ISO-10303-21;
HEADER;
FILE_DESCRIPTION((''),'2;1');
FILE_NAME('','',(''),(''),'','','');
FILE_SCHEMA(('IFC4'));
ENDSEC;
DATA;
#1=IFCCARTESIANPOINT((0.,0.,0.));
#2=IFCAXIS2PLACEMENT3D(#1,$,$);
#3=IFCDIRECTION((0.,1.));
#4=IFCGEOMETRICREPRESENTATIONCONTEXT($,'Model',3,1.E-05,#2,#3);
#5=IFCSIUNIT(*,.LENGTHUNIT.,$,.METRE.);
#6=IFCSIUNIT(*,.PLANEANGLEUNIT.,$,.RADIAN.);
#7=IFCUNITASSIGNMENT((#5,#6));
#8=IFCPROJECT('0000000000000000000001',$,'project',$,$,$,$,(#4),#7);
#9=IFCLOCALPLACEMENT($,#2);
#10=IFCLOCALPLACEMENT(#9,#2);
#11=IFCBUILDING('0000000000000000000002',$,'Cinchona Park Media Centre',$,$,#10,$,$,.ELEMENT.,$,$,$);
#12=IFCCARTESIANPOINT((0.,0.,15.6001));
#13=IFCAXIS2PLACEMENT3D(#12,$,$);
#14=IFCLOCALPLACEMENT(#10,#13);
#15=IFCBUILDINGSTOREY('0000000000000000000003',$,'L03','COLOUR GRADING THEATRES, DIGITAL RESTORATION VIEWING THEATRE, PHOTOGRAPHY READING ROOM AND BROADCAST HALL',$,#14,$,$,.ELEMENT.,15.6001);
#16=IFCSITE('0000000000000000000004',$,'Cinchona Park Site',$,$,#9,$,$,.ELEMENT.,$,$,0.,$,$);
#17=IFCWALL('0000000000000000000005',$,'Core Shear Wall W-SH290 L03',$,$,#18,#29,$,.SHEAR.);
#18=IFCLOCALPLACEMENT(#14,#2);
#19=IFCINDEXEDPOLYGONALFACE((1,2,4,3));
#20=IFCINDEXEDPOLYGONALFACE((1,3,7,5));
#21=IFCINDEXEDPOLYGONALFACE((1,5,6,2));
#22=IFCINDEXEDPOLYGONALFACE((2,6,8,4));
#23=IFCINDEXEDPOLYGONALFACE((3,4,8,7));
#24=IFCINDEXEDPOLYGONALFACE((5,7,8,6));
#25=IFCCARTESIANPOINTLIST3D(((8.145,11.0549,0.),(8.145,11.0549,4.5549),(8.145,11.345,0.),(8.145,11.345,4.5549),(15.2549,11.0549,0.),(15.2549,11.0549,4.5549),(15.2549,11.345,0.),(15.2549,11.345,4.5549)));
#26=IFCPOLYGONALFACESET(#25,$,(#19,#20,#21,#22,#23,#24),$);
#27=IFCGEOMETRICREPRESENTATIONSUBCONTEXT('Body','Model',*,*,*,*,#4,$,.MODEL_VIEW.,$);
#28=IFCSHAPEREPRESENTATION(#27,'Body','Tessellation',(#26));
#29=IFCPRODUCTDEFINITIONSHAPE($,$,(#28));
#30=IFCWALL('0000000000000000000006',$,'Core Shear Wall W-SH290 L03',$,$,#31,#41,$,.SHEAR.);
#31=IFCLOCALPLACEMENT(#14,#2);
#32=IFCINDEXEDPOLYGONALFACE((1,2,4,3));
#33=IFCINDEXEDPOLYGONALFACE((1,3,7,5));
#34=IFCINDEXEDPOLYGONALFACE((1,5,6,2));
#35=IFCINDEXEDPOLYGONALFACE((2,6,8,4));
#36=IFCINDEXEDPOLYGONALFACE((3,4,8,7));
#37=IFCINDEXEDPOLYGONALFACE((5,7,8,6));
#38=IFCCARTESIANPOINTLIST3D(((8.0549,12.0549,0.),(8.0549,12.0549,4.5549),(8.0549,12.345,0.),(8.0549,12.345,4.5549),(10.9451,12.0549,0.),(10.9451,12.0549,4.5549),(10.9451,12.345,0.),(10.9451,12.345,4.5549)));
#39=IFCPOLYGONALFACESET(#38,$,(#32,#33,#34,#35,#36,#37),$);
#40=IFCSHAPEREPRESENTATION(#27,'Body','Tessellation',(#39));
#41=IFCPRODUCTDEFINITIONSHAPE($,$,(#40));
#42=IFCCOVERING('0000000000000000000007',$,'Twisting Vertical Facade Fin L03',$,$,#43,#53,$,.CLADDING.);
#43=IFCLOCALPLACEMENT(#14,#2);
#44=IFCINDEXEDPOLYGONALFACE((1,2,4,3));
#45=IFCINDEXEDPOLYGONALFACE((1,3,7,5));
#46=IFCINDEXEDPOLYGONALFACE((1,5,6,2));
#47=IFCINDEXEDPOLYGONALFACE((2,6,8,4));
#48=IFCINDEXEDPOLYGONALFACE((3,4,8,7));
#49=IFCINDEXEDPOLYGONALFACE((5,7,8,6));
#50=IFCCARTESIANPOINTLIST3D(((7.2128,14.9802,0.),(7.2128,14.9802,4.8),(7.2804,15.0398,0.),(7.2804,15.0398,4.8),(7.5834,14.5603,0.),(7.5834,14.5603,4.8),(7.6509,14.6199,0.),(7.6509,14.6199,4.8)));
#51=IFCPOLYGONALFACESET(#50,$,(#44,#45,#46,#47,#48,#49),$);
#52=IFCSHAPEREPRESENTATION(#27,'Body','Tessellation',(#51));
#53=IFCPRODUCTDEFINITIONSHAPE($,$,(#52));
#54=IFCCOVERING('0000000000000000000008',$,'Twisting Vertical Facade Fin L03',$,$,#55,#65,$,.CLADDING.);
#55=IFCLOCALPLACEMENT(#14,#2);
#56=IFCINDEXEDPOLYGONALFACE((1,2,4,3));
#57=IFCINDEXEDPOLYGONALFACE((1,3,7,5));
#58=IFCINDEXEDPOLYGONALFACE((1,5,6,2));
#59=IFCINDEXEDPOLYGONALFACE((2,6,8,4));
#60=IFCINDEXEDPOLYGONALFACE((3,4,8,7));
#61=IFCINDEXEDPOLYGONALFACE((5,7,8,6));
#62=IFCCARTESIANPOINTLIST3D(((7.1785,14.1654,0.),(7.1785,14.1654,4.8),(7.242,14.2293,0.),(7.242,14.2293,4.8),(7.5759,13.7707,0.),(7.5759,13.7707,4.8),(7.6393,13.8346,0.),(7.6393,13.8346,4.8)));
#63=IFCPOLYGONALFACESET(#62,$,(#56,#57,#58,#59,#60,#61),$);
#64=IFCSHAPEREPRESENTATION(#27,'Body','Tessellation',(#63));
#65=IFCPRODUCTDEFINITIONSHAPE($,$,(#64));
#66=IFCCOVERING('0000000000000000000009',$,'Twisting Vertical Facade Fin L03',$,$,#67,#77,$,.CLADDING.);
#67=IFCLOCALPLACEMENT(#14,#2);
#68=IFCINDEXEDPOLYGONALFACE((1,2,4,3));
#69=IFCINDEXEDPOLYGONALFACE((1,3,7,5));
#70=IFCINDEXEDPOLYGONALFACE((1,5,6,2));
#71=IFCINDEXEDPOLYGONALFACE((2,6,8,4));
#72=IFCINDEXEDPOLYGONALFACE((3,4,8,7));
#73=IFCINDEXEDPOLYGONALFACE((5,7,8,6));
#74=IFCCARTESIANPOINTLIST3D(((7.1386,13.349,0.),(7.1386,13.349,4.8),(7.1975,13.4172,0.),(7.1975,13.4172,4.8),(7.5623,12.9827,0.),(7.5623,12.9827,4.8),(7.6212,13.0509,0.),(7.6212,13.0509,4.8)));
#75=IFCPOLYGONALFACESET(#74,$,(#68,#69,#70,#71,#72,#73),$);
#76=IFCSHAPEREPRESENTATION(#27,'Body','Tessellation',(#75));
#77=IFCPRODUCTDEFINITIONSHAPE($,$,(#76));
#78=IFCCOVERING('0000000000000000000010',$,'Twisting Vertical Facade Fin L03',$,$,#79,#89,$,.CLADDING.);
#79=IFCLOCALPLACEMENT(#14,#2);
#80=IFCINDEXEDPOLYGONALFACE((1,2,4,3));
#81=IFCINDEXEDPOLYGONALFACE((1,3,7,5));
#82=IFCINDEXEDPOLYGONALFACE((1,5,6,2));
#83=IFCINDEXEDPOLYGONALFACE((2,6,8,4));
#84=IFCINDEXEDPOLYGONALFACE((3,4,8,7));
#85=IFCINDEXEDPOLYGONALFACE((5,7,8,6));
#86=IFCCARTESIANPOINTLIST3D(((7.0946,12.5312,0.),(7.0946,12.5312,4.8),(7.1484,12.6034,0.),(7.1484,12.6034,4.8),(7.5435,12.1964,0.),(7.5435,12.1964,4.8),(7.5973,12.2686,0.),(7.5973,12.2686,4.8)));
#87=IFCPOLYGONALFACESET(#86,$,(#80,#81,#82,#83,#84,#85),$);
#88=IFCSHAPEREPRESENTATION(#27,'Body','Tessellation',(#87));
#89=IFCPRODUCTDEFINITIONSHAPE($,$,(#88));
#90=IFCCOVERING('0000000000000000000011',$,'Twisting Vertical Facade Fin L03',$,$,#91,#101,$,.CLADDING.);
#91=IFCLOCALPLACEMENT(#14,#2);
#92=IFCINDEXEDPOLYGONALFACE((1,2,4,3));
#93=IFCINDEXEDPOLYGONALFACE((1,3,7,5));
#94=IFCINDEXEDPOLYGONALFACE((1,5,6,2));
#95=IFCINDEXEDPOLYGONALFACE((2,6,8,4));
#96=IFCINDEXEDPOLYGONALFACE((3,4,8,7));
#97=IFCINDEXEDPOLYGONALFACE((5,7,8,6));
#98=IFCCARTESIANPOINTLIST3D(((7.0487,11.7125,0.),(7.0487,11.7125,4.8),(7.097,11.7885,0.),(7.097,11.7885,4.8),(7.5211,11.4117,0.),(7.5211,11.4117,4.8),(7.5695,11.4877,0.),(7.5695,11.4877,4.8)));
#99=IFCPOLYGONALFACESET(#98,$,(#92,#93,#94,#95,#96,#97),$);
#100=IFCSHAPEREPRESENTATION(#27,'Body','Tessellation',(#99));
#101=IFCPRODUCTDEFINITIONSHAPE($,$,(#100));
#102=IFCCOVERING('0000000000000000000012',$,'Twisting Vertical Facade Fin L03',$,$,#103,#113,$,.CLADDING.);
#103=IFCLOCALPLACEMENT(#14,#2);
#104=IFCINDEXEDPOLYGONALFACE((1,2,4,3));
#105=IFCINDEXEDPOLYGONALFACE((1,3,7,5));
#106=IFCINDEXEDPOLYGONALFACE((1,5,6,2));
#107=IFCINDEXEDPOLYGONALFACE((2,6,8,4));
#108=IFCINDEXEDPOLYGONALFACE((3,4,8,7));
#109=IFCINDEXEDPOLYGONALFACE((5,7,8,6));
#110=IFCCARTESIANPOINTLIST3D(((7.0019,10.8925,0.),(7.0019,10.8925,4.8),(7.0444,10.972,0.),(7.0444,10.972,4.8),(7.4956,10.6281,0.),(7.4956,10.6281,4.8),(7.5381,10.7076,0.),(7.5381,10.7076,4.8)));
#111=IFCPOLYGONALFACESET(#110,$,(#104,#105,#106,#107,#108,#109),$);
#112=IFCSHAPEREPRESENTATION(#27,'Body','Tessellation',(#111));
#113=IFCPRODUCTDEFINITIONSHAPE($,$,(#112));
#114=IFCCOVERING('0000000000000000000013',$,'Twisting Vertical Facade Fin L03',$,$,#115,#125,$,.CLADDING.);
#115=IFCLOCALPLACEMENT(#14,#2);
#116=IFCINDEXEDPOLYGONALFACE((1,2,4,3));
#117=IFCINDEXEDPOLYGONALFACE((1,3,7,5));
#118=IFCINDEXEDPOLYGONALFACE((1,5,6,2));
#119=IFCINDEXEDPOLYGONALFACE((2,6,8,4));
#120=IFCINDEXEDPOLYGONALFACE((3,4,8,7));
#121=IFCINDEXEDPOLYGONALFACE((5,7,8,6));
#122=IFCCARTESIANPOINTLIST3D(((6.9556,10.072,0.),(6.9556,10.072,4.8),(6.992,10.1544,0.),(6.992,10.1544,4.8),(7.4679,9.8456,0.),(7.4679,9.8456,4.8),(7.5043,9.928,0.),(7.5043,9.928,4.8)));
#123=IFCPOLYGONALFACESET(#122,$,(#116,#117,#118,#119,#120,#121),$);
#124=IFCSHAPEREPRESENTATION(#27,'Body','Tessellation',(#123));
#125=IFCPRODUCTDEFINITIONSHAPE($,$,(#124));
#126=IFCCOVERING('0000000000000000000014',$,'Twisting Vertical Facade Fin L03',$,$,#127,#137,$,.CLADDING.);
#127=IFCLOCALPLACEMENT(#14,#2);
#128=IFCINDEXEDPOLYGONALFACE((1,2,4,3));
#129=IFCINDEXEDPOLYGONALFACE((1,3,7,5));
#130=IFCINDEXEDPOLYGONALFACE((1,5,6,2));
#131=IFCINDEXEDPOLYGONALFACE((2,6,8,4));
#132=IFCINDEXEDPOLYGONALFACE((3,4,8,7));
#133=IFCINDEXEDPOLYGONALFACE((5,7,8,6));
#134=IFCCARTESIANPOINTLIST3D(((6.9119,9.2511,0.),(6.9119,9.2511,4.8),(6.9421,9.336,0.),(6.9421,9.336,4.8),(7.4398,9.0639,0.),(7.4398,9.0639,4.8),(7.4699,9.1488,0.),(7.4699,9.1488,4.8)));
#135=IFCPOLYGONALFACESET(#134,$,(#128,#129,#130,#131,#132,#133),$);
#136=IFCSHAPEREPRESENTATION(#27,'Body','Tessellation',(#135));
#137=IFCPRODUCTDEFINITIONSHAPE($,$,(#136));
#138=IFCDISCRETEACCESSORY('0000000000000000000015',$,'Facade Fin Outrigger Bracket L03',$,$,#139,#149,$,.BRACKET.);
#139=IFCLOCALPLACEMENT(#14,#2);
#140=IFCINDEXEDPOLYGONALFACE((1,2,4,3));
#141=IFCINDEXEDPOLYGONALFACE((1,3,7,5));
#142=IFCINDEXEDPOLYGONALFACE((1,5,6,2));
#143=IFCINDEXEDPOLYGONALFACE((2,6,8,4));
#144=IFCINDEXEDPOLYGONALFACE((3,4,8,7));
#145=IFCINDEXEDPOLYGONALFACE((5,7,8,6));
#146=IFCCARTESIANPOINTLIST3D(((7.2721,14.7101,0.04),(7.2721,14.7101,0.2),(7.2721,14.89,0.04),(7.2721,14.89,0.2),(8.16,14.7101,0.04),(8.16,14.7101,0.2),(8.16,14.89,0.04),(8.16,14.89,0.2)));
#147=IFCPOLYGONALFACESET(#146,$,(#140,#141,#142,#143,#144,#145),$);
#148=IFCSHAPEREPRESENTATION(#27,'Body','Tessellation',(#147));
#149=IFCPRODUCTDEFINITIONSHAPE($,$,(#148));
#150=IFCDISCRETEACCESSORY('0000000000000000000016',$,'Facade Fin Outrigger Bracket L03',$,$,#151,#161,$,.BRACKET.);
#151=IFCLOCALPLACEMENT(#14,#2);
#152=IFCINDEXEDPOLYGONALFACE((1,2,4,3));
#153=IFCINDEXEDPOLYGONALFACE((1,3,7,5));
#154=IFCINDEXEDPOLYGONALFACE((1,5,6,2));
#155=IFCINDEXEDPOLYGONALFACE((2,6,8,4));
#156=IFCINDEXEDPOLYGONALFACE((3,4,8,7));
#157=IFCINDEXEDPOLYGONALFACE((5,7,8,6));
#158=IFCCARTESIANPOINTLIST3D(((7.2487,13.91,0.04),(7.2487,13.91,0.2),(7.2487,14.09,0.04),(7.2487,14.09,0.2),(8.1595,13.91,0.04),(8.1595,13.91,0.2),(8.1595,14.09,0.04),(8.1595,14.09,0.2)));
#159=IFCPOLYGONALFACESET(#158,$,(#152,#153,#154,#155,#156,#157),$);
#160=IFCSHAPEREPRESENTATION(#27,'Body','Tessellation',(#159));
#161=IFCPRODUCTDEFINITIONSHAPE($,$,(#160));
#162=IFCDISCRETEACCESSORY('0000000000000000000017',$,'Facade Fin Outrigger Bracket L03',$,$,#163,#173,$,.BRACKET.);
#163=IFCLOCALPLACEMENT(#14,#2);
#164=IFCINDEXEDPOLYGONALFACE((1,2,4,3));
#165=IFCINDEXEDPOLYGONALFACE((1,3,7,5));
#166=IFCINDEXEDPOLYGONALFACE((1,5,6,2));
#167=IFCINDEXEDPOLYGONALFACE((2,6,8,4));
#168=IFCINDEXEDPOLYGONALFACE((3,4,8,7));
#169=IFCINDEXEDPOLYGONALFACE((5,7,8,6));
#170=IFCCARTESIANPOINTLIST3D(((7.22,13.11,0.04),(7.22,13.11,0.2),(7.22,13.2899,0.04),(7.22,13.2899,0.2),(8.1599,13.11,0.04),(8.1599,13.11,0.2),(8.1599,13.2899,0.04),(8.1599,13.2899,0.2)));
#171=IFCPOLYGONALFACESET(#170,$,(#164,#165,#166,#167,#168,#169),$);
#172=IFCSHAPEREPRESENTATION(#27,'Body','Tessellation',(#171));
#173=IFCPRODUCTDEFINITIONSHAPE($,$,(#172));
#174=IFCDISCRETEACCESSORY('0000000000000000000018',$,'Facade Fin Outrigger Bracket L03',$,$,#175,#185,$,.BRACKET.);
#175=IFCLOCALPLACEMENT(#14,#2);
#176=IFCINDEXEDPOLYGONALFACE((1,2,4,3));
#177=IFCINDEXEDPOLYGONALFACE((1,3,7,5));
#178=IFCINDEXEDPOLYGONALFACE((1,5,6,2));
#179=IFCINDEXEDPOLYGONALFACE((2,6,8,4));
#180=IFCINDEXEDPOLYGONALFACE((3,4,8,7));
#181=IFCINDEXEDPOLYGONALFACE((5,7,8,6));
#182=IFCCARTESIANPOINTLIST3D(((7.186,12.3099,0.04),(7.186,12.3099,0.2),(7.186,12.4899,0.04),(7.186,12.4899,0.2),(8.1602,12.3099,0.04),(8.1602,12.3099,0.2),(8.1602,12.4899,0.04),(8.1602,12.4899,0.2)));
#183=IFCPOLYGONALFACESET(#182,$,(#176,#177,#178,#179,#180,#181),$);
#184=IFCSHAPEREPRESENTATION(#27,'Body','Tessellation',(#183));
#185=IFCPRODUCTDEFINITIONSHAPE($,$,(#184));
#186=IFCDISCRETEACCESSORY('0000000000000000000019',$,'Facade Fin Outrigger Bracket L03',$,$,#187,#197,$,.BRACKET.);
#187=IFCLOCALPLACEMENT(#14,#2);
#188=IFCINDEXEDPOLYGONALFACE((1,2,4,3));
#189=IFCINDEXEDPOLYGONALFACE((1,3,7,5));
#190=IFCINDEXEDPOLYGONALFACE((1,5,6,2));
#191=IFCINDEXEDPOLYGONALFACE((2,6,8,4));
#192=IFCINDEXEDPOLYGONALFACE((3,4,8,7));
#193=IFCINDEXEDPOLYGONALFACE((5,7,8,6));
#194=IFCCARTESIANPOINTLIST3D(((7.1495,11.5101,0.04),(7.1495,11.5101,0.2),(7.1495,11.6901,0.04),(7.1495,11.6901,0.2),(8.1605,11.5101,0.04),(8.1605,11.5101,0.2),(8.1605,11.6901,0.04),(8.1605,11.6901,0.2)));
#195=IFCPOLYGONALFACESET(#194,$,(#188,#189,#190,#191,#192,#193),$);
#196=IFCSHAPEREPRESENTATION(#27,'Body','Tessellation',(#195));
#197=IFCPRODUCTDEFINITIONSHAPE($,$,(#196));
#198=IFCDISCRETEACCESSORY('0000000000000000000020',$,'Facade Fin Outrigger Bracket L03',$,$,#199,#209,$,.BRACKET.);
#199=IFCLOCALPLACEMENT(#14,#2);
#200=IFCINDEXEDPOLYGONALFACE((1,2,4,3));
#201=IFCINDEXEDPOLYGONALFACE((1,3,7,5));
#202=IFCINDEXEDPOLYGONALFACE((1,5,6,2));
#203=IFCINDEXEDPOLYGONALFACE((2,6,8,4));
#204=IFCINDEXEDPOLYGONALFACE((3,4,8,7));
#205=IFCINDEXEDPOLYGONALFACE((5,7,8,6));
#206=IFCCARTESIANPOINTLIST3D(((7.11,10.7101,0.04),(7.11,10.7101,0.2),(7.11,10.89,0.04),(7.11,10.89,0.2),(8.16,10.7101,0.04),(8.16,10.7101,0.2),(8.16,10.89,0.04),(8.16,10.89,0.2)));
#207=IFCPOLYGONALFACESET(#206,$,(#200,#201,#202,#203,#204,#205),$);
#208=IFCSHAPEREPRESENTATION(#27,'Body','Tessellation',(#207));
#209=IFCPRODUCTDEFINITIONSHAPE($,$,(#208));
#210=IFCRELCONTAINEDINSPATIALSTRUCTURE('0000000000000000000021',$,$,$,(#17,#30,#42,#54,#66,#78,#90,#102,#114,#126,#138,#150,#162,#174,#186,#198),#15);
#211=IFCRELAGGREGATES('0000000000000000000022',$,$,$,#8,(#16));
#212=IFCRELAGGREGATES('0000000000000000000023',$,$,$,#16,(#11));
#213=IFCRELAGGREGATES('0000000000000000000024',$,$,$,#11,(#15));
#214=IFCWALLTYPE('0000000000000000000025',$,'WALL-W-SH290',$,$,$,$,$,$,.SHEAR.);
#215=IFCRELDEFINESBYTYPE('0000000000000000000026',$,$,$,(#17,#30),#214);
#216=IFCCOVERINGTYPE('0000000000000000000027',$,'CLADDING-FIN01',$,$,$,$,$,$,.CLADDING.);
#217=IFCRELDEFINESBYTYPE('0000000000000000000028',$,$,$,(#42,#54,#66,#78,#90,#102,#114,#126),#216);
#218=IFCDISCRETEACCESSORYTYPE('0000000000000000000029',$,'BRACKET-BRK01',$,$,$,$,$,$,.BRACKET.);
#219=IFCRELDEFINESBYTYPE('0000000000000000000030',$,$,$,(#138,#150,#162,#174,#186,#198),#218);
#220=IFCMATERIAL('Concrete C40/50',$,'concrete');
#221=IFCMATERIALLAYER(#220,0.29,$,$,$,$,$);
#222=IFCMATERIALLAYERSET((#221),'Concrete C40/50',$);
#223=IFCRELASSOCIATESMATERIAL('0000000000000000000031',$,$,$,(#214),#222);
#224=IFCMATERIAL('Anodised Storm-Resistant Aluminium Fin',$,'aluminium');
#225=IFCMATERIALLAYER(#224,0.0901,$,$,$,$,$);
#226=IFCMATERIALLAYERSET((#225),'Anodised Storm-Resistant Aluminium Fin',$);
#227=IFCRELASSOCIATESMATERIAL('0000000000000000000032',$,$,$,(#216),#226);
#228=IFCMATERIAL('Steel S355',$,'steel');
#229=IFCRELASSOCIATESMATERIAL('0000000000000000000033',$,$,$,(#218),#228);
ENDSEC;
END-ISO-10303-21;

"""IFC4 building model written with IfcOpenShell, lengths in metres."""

from ifc_helpers import new_model, si_unit, direction, frame, frame_2d, origin, origin_2d, place, context, subcontext, project, spatial, rectangle, extrude, material, layer, layer_set, type_object, element, save


model = new_model("IFC4")

# Units and contexts
model_context = context("Model", 3, precision=1e-05, world=origin(), true_north=direction((0.0, 1.0)))
body_context = subcontext(model_context, "Body", "Model", "MODEL_VIEW")
ifc_project = project(units=[si_unit("LENGTHUNIT", "METRE"), si_unit("PLANEANGLEUNIT", "RADIAN")], contexts=[model_context])

# Site, building, storey
site_placement = place(None, origin())
site = spatial("IfcSite", under=ifc_project, at=site_placement, Name="Cinchona Park Site", CompositionType="ELEMENT", RefElevation=0.0)
building_placement = place(site_placement, origin())
building = spatial("IfcBuilding", under=site, at=building_placement, Name="Cinchona Park Media Centre", CompositionType="ELEMENT")
storey_placement = place(building_placement, frame((0.0, 0.0, 15.6001)))
storey = spatial("IfcBuildingStorey", under=building, at=storey_placement, Name="L03", Description="COLOUR GRADING THEATRES, DIGITAL RESTORATION VIEWING THEATRE, PHOTOGRAPHY READING ROOM AND BROADCAST HALL", CompositionType="ELEMENT", Elevation=15.6001)

# Walls
ifc_material_1 = material(Name="Concrete C40/50", Category="concrete")
ifc_layer_1 = layer(ifc_material_1, 0.29)
ifc_layer_set_1 = layer_set([ifc_layer_1], Name="Concrete C40/50")
wall_type = type_object("IfcWallType", Name="WALL-W-SH290", PredefinedType="SHEAR", material=ifc_layer_set_1)
wall_1_placement = place(storey_placement, frame((8.145, 11.2, 0.0), z_axis=(0.0, 0.0, 1.0), x_axis=(1.0, 0.0, 0.0)))
element("IfcWall", 1, at=wall_1_placement, inside=storey, type_object=wall_type, Name="Core Shear Wall W-SH290 L03", PredefinedType="SHEAR", context=body_context, shape_type="SweptSolid", body=[
    extrude(rectangle(XDim=7.1099, YDim=0.29, at=frame_2d((3.5549, 0.0))), origin(), (0.0, 0.0, 1.0), 4.5549),
])
wall_2_placement = place(storey_placement, frame((8.0549, 12.2, 0.0), z_axis=(0.0, 0.0, 1.0), x_axis=(1.0, 0.0, 0.0)))
element("IfcWall", 2, at=wall_2_placement, inside=storey, type_object=wall_type, Name="Core Shear Wall W-SH290 L03", PredefinedType="SHEAR", context=body_context, shape_type="SweptSolid", body=[
    extrude(rectangle(XDim=2.8901, YDim=0.29, at=frame_2d((1.4451, 0.0))), origin(), (0.0, 0.0, 1.0), 4.5549),
])

# Coverings
ifc_material_2 = material(Name="Anodised Storm-Resistant Aluminium Fin", Category="aluminium")
ifc_layer_2 = layer(ifc_material_2, 0.0901)
ifc_layer_set_2 = layer_set([ifc_layer_2], Name="Anodised Storm-Resistant Aluminium Fin")
covering_type = type_object("IfcCoveringType", Name="CLADDING-FIN01", PredefinedType="CLADDING", material=ifc_layer_set_2)
for number, where, z_axis, x_axis, name in (
    (3, (7.4319, 14.8, 0.0), (0.0, 0.0, 1.0), (0.661574, -0.74988, 0.0), "Twisting Vertical Facade Fin L03"),
    (4, (7.4089, 14.0, 0.0), (0.0, 0.0, 1.0), (0.709448, -0.704758, 0.0), "Twisting Vertical Facade Fin L03"),
    (5, (7.3799, 13.2, 0.0), (0.0, 0.0, 1.0), (0.756539, -0.653949, 0.0), "Twisting Vertical Facade Fin L03"),
    (6, (7.3459, 12.3999, 0.0), (0.0, 0.0, 1.0), (0.801567, -0.597905, 0.0), "Twisting Vertical Facade Fin L03"),
    (7, (7.3091, 11.6001, 0.0), (0.0, 0.0, 1.0), (0.843579, -0.537005, 0.0), "Twisting Vertical Facade Fin L03"),
    (8, (7.27, 10.8, 0.0), (0.0, 0.0, 1.0), (0.881551, -0.472089, 0.0), "Twisting Vertical Facade Fin L03"),
    (9, (7.23, 10.0, 0.0), (0.0, 0.0, 1.0), (0.914678, -0.404184, 0.0), "Twisting Vertical Facade Fin L03"),
    (10, (7.1909, 9.2, 0.0), (0.0, 0.0, 1.0), (0.942467, -0.3343, 0.0), "Twisting Vertical Facade Fin L03"),
):
    element("IfcCovering", number, at=place(storey_placement, frame(where, z_axis=z_axis, x_axis=x_axis)), inside=storey, type_object=covering_type, Name=name, PredefinedType="CLADDING", context=body_context, shape_type="SweptSolid", body=[
        extrude(rectangle(XDim=0.5601, YDim=0.0901, at=origin_2d()), origin(), (0.0, 0.0, 1.0), 4.8),
    ])

# Discrete accessories
ifc_material_3 = material(Name="Steel S355", Category="steel")
discrete_accessory_type = type_object("IfcDiscreteAccessoryType", Name="BRACKET-BRK01", PredefinedType="BRACKET", material=ifc_material_3)
discrete_accessory_1_placement = place(storey_placement, frame((7.7161, 14.8, 0.04), z_axis=(0.0, 0.0, 1.0), x_axis=(0.0, -1.0, 0.0)))
element("IfcDiscreteAccessory", 11, at=discrete_accessory_1_placement, inside=storey, type_object=discrete_accessory_type, Name="Facade Fin Outrigger Bracket L03", PredefinedType="BRACKET", context=body_context, shape_type="SweptSolid", body=[
    extrude(rectangle(XDim=0.1799, YDim=0.8879, at=origin_2d()), origin(), (0.0, 0.0, 1.0), 0.1599),
])
discrete_accessory_2_placement = place(storey_placement, frame((7.7041, 14.0, 0.04), z_axis=(0.0, 0.0, 1.0), x_axis=(0.0, -1.0, 0.0)))
element("IfcDiscreteAccessory", 12, at=discrete_accessory_2_placement, inside=storey, type_object=discrete_accessory_type, Name="Facade Fin Outrigger Bracket L03", PredefinedType="BRACKET", context=body_context, shape_type="SweptSolid", body=[
    extrude(rectangle(XDim=0.1799, YDim=0.9109, at=origin_2d()), origin(), (0.0, 0.0, 1.0), 0.1599),
])
discrete_accessory_3_placement = place(storey_placement, frame((7.6899, 13.2, 0.04), z_axis=(0.0, 0.0, 1.0), x_axis=(0.0, -1.0, 0.0)))
element("IfcDiscreteAccessory", 13, at=discrete_accessory_3_placement, inside=storey, type_object=discrete_accessory_type, Name="Facade Fin Outrigger Bracket L03", PredefinedType="BRACKET", context=body_context, shape_type="SweptSolid", body=[
    extrude(rectangle(XDim=0.1799, YDim=0.9399, at=origin_2d()), origin(), (0.0, 0.0, 1.0), 0.1599),
])
discrete_accessory_4_placement = place(storey_placement, frame((7.6731, 12.3999, 0.04), z_axis=(0.0, 0.0, 1.0), x_axis=(0.0, -1.0, 0.0)))
element("IfcDiscreteAccessory", 14, at=discrete_accessory_4_placement, inside=storey, type_object=discrete_accessory_type, Name="Facade Fin Outrigger Bracket L03", PredefinedType="BRACKET", context=body_context, shape_type="SweptSolid", body=[
    extrude(rectangle(XDim=0.1799, YDim=0.9741, at=origin_2d()), origin(), (0.0, 0.0, 1.0), 0.1599),
])
discrete_accessory_5_placement = place(storey_placement, frame((7.655, 11.6001, 0.04), z_axis=(0.0, 0.0, 1.0), x_axis=(0.0, -1.0, 0.0)))
element("IfcDiscreteAccessory", 15, at=discrete_accessory_5_placement, inside=storey, type_object=discrete_accessory_type, Name="Facade Fin Outrigger Bracket L03", PredefinedType="BRACKET", context=body_context, shape_type="SweptSolid", body=[
    extrude(rectangle(XDim=0.1799, YDim=1.011, at=origin_2d()), origin(), (0.0, 0.0, 1.0), 0.1599),
])
discrete_accessory_6_placement = place(storey_placement, frame((7.635, 10.8, 0.04), z_axis=(0.0, 0.0, 1.0), x_axis=(0.0, -1.0, 0.0)))
element("IfcDiscreteAccessory", 16, at=discrete_accessory_6_placement, inside=storey, type_object=discrete_accessory_type, Name="Facade Fin Outrigger Bracket L03", PredefinedType="BRACKET", context=body_context, shape_type="SweptSolid", body=[
    extrude(rectangle(XDim=0.1799, YDim=1.05, at=origin_2d()), origin(), (0.0, 0.0, 1.0), 0.1599),
])

save(model, "model.ifc")
